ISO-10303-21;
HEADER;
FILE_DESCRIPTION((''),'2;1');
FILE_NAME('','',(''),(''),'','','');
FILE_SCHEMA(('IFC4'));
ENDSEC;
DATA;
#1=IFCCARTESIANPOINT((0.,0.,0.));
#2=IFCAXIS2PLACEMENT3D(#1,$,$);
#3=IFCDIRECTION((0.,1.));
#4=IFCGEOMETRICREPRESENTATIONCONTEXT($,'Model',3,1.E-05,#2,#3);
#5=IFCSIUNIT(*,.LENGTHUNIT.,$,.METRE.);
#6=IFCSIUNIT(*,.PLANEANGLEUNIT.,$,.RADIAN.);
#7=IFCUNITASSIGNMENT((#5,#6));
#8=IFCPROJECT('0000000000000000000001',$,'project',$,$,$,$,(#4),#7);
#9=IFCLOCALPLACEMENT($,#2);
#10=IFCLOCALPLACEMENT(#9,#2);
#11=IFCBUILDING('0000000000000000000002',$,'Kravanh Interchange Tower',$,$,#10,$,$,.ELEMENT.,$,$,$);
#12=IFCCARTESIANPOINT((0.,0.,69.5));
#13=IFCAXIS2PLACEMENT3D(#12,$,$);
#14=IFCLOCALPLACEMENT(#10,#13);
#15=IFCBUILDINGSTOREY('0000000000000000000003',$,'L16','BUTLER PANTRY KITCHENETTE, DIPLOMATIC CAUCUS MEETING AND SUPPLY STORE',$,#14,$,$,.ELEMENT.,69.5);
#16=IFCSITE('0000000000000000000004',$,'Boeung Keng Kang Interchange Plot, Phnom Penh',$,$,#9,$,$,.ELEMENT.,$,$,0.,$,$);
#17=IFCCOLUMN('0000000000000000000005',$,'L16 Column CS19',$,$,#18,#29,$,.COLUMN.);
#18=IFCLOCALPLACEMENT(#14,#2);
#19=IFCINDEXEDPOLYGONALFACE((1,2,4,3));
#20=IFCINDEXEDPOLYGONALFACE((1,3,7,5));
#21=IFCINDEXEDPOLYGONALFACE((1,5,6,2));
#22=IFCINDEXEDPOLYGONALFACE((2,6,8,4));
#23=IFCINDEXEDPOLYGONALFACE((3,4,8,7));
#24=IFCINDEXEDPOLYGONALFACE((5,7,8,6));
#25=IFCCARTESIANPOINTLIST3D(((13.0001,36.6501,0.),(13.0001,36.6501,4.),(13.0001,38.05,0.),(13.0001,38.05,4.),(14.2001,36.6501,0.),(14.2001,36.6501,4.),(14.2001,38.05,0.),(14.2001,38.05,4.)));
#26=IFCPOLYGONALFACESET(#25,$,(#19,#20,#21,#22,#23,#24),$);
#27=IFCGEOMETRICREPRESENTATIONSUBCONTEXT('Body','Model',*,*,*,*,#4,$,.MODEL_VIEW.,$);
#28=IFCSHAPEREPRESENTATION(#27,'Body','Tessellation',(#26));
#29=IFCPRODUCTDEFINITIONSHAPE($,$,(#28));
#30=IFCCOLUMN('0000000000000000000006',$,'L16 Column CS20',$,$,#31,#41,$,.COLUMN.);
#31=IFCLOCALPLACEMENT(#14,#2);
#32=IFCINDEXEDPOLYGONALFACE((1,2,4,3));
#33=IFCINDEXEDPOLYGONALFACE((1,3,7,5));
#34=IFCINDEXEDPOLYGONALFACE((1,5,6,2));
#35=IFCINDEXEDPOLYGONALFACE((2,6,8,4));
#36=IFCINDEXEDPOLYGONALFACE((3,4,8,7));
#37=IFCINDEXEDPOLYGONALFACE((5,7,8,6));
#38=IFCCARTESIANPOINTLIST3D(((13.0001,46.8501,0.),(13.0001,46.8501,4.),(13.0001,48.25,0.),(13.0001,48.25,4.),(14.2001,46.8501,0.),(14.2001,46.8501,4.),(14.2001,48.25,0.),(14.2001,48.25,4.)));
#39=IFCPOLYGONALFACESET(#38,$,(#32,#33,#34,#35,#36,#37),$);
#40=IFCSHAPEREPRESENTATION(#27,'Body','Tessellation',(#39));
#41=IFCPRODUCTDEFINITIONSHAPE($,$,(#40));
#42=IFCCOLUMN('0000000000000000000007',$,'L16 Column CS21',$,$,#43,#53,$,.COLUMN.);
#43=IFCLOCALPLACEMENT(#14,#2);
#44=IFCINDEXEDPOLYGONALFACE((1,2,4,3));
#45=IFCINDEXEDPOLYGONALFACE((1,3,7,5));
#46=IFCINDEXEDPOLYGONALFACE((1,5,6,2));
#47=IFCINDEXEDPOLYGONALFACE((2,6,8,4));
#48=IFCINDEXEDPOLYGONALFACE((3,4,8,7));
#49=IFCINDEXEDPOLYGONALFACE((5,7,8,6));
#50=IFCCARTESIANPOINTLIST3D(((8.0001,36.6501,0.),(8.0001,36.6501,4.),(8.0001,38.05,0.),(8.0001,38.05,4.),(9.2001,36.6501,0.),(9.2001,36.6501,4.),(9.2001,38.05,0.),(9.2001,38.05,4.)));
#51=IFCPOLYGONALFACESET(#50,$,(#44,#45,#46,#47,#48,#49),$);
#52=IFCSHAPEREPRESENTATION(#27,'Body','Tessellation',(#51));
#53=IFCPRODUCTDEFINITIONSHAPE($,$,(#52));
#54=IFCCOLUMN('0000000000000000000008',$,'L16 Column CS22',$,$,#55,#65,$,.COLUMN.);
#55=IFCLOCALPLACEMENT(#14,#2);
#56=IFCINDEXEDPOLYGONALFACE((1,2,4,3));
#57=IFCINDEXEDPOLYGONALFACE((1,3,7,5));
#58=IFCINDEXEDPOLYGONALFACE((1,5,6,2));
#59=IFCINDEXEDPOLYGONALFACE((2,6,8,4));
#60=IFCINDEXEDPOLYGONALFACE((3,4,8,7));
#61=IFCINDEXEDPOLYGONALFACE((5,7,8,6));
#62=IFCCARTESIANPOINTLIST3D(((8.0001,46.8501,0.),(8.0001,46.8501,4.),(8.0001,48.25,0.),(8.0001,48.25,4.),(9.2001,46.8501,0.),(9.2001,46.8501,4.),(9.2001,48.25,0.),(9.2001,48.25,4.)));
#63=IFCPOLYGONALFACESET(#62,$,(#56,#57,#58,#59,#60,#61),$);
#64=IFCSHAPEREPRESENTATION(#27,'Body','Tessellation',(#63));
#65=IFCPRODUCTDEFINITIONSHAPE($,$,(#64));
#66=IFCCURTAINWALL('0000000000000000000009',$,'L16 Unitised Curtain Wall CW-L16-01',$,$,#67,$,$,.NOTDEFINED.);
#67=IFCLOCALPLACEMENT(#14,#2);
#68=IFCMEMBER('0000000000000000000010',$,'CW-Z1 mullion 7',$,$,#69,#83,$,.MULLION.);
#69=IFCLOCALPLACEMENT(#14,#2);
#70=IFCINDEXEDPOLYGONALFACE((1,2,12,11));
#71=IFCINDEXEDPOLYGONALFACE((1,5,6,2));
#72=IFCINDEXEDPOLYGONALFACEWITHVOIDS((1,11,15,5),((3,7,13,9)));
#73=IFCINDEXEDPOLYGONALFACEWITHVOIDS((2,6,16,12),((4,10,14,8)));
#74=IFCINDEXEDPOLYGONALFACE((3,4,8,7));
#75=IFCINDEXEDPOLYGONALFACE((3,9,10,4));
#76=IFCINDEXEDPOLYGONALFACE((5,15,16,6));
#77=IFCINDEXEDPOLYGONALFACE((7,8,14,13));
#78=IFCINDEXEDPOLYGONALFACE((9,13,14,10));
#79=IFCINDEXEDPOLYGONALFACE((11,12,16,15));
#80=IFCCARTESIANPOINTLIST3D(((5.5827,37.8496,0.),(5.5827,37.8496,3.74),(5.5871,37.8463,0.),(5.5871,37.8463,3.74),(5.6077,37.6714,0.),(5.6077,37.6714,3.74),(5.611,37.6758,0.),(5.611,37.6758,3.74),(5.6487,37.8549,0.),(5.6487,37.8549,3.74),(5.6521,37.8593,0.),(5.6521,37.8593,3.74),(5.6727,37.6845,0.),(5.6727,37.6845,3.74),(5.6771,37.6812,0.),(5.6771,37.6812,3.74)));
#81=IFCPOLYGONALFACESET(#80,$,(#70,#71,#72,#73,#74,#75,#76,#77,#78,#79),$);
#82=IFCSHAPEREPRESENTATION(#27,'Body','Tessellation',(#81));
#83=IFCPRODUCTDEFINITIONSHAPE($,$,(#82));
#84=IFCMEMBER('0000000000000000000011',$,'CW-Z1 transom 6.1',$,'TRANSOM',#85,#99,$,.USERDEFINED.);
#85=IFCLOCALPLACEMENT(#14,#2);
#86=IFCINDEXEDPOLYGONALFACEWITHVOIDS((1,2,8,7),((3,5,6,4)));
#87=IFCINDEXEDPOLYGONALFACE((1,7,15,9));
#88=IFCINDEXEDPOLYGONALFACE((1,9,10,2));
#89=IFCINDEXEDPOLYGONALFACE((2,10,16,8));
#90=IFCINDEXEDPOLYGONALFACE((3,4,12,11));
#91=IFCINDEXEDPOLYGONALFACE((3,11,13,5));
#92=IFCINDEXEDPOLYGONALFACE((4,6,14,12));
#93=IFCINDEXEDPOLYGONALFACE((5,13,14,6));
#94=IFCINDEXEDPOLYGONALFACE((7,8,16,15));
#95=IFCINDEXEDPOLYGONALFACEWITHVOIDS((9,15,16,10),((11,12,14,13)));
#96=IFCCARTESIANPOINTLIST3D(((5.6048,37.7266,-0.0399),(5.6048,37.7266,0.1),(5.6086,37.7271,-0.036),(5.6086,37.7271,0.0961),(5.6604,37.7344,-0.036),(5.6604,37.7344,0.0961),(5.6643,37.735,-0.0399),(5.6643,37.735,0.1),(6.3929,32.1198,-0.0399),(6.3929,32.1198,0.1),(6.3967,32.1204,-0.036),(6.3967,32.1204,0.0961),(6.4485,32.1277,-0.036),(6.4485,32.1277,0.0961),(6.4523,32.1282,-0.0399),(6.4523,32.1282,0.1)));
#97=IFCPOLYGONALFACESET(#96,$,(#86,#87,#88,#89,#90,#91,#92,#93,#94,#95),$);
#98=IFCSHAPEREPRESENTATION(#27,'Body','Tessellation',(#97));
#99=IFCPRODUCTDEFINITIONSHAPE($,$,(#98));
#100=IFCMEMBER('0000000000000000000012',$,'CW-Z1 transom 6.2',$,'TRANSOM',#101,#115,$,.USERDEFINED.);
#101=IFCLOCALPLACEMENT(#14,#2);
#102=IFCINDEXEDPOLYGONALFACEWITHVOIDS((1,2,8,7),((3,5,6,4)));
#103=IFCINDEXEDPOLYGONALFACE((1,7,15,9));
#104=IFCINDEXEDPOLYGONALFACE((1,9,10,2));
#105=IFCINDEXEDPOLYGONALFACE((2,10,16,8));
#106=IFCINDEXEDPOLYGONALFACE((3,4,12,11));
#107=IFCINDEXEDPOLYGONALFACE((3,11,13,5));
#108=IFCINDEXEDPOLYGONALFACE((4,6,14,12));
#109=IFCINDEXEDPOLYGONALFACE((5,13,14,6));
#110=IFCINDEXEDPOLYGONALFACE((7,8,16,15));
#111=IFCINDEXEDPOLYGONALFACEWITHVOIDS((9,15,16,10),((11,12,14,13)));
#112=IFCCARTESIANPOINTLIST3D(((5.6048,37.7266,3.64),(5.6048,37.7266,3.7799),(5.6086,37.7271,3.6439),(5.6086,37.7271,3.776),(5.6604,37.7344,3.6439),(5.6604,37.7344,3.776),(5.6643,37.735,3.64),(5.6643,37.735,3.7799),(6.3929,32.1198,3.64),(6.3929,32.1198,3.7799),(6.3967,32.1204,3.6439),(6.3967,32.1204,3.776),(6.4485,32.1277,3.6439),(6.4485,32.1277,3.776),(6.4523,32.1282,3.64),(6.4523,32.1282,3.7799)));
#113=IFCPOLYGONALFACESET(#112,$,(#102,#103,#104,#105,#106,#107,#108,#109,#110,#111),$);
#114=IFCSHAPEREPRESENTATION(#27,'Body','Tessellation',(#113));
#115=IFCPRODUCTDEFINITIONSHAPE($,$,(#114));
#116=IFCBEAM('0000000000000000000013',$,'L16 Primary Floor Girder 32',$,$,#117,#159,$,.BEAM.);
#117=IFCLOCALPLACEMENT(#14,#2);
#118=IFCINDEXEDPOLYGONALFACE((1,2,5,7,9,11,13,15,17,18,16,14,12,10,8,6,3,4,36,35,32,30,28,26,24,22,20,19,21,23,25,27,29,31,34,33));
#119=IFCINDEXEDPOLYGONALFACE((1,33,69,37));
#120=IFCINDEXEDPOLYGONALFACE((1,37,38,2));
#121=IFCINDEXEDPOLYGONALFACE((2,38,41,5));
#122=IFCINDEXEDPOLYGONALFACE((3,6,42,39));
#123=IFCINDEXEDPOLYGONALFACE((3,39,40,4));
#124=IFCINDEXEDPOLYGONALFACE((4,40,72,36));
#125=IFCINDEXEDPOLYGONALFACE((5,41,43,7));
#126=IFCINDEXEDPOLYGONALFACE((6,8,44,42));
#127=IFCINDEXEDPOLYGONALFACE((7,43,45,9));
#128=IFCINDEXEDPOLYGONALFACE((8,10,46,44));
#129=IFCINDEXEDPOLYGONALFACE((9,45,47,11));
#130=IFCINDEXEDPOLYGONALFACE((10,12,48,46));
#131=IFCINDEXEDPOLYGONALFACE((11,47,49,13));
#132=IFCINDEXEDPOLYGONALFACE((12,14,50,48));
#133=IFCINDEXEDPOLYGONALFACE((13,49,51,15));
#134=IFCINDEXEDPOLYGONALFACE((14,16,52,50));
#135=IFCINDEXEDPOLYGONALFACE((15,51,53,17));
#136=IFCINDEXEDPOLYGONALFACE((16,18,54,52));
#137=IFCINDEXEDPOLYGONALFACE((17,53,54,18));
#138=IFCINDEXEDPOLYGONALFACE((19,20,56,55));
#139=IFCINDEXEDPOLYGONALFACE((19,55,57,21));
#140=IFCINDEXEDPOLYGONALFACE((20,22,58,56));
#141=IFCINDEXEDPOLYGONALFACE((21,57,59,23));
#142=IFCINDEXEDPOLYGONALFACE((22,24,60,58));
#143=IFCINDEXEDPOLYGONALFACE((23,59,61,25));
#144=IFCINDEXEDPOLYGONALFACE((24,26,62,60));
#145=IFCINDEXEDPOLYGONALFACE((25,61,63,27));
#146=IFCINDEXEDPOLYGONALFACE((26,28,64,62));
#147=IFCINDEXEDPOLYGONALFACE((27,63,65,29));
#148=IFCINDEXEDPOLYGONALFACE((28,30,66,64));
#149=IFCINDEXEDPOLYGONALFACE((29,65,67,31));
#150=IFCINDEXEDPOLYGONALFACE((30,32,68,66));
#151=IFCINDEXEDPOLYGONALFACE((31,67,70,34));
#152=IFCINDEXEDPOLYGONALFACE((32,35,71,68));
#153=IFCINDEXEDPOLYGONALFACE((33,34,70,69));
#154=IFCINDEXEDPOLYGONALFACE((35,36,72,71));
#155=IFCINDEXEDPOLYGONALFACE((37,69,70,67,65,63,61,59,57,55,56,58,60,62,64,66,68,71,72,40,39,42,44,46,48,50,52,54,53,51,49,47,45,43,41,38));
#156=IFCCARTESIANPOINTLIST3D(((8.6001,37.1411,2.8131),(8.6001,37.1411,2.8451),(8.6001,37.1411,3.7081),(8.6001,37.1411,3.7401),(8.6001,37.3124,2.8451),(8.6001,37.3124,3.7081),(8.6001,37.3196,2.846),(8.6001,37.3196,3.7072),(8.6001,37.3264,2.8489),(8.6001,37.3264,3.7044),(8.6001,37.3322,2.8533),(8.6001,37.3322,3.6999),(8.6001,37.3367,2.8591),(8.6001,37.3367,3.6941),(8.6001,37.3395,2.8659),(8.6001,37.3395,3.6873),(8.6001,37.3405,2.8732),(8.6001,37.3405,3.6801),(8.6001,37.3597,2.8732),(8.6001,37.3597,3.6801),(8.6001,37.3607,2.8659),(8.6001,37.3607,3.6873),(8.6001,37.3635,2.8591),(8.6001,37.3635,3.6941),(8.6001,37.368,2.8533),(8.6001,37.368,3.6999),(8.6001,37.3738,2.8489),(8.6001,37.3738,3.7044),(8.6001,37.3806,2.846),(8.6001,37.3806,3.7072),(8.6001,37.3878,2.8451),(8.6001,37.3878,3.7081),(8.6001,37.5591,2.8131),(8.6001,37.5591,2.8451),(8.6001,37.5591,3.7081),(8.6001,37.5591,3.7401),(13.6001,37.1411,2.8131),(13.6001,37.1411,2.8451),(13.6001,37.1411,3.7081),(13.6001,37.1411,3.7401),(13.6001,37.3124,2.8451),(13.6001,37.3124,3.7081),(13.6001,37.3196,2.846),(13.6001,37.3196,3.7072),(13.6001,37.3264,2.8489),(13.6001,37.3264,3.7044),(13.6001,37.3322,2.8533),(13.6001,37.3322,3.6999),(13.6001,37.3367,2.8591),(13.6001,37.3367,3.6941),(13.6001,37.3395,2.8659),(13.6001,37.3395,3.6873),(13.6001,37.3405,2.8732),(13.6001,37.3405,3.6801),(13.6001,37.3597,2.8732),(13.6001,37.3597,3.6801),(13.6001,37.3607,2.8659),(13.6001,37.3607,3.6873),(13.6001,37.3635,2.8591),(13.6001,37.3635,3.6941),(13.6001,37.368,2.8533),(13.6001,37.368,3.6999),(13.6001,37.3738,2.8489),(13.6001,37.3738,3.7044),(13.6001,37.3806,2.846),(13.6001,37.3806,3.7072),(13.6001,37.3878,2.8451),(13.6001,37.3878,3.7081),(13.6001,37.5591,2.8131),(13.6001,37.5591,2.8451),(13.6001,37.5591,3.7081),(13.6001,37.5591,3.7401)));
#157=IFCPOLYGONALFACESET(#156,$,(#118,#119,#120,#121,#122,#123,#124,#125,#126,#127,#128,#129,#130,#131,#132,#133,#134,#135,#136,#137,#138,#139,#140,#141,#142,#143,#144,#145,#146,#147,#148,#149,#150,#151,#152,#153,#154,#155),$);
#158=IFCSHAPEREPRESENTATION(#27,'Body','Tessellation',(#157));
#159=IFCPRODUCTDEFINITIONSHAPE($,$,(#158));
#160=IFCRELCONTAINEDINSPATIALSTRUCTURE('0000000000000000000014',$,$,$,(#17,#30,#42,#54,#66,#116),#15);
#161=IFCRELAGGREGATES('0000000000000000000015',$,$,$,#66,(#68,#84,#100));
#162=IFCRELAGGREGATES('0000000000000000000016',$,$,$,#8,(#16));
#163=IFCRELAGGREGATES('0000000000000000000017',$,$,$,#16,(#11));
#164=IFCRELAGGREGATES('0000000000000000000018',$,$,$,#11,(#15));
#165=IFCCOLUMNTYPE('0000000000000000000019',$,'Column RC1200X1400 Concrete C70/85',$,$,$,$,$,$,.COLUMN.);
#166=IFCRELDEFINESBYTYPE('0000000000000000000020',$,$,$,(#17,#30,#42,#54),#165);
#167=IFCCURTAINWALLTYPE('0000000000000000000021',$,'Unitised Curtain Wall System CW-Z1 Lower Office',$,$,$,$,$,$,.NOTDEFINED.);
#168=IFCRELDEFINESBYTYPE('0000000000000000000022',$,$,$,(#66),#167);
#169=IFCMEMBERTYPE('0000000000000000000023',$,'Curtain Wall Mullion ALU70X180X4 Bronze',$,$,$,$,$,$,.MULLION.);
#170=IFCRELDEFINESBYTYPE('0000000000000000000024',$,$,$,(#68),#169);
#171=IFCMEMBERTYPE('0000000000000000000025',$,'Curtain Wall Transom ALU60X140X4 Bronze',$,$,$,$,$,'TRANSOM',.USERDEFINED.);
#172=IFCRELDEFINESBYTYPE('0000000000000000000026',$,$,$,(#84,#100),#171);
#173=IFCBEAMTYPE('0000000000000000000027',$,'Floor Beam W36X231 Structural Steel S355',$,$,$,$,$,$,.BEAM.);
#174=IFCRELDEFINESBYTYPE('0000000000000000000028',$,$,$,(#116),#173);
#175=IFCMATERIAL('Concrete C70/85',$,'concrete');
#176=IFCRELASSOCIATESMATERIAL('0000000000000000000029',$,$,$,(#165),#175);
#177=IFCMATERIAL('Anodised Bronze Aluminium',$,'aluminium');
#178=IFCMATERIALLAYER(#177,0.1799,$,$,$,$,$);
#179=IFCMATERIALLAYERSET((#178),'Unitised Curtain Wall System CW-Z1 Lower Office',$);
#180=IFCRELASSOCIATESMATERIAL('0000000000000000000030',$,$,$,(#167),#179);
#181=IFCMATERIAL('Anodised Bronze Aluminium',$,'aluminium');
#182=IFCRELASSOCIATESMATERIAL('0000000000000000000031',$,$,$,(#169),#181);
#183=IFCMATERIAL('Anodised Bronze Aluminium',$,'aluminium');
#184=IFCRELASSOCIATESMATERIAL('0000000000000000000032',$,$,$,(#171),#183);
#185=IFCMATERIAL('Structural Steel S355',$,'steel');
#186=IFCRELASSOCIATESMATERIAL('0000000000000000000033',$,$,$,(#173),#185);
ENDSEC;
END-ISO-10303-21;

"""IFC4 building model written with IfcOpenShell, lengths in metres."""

from ifc_helpers import new_model, si_unit, direction, frame, origin, origin_2d, place, context, subcontext, project, spatial, rectangle, hollow_rectangle, i_section, extrude, material, layer, layer_set, material_profile, profile_set, type_object, element, aggregate, save


model = new_model("IFC4")

# Units and contexts
model_context = context("Model", 3, precision=1e-05, world=origin(), true_north=direction((0.0, 1.0)))
body_context = subcontext(model_context, "Body", "Model", "MODEL_VIEW")
ifc_project = project(units=[si_unit("LENGTHUNIT", "METRE"), si_unit("PLANEANGLEUNIT", "RADIAN")], contexts=[model_context])

# Site, building, storey
site_placement = place(None, origin())
site = spatial("IfcSite", under=ifc_project, at=site_placement, Name="Boeung Keng Kang Interchange Plot, Phnom Penh", CompositionType="ELEMENT", RefElevation=0.0)
building_placement = place(site_placement, origin())
building = spatial("IfcBuilding", under=site, at=building_placement, Name="Kravanh Interchange Tower", CompositionType="ELEMENT")
storey_placement = place(building_placement, frame((0.0, 0.0, 69.5)))
storey = spatial("IfcBuildingStorey", under=building, at=storey_placement, Name="L16", Description="BUTLER PANTRY KITCHENETTE, DIPLOMATIC CAUCUS MEETING AND SUPPLY STORE", CompositionType="ELEMENT", Elevation=69.5)

# Columns
ifc_material_1 = material(Name="Concrete C70/85", Category="concrete")
ifc_material_profile_1 = material_profile(ifc_material_1, rectangle(XDim=1.2, YDim=1.3999, at=origin_2d()), Name="RC1200X1400")
ifc_profile_set_1 = profile_set([ifc_material_profile_1], Name="Concrete C70/85")
column_type = type_object("IfcColumnType", Name="Column RC1200X1400 Concrete C70/85", PredefinedType="COLUMN", material=ifc_profile_set_1)
for number, where, z_axis, x_axis, name in (
    (1, (13.6001, 37.3501, 0.0), (0.0, 0.0, 1.0), (1.0, 0.0, 0.0), "L16 Column CS19"),
    (2, (13.6001, 47.55, 0.0), (0.0, 0.0, 1.0), (1.0, 0.0, 0.0), "L16 Column CS20"),
    (3, (8.6001, 37.3501, 0.0), (0.0, 0.0, 1.0), (1.0, 0.0, 0.0), "L16 Column CS21"),
    (4, (8.6001, 47.55, 0.0), (0.0, 0.0, 1.0), (1.0, 0.0, 0.0), "L16 Column CS22"),
):
    element("IfcColumn", number, at=place(storey_placement, frame(where, z_axis=z_axis, x_axis=x_axis)), inside=storey, type_object=column_type, Name=name, PredefinedType="COLUMN", context=body_context, shape_type="SweptSolid", body=[
        extrude(rectangle(XDim=1.2, YDim=1.3999, at=origin_2d()), origin(), (0.0, 0.0, 1.0), 4.0),
    ])

# Curtain wall, members
ifc_material_2 = material(Name="Anodised Bronze Aluminium", Category="aluminium")
ifc_layer_1 = layer(ifc_material_2, 0.1799)
ifc_layer_set_1 = layer_set([ifc_layer_1], Name="Unitised Curtain Wall System CW-Z1 Lower Office")
curtain_wall_type = type_object("IfcCurtainWallType", Name="Unitised Curtain Wall System CW-Z1 Lower Office", PredefinedType="NOTDEFINED", material=ifc_layer_set_1)
curtain_wall_placement = place(storey_placement, origin())
curtain_wall = element("IfcCurtainWall", 5, at=curtain_wall_placement, inside=storey, type_object=curtain_wall_type, Name="L16 Unitised Curtain Wall CW-L16-01", PredefinedType="NOTDEFINED")
ifc_material_3 = material(Name="Anodised Bronze Aluminium", Category="aluminium")
ifc_material_profile_2 = material_profile(ifc_material_3, hollow_rectangle(XDim=0.0701, YDim=0.1799, WallThickness=0.0039, at=origin_2d()), Name="ALU70X180X4")
ifc_profile_set_2 = profile_set([ifc_material_profile_2], Name="Anodised Bronze Aluminium")
member_type_1 = type_object("IfcMemberType", Name="Curtain Wall Mullion ALU70X180X4 Bronze", PredefinedType="MULLION", material=ifc_profile_set_2)
member_1_placement = place(storey_placement, frame((5.6299, 37.7654, 0.0), z_axis=(0.0, 0.0, 1.0), x_axis=(-0.990268, -0.139177, 0.0)))
member_1 = element("IfcMember", 6, at=member_1_placement, type_object=member_type_1, Name="CW-Z1 mullion 7", PredefinedType="MULLION", context=body_context, shape_type="SweptSolid", body=[
    extrude(hollow_rectangle(XDim=0.0701, YDim=0.1799, WallThickness=0.0039, at=origin_2d()), origin(), (0.0, 0.0, 1.0), 3.74),
])
ifc_material_4 = material(Name="Anodised Bronze Aluminium", Category="aluminium")
ifc_material_profile_3 = material_profile(ifc_material_4, hollow_rectangle(XDim=0.0601, YDim=0.1399, WallThickness=0.0039, at=origin_2d()), Name="ALU60X140X4")
ifc_profile_set_3 = profile_set([ifc_material_profile_3], Name="Anodised Bronze Aluminium")
member_type_2 = type_object("IfcMemberType", Name="Curtain Wall Transom ALU60X140X4 Bronze", ElementType="TRANSOM", PredefinedType="USERDEFINED", material=ifc_profile_set_3)
member_2_placement = place(storey_placement, frame((6.4226, 32.124, 0.03), z_axis=(-0.139193, 0.990265, 0.0), x_axis=(-0.990265, -0.139193, 0.0)))
member_2 = element("IfcMember", 7, at=member_2_placement, type_object=member_type_2, Name="CW-Z1 transom 6.1", ObjectType="TRANSOM", PredefinedType="USERDEFINED", context=body_context, shape_type="SweptSolid", body=[
    extrude(hollow_rectangle(XDim=0.0601, YDim=0.1399, WallThickness=0.0039, at=origin_2d()), origin(), (0.0, 0.0, 1.0), 5.6619),
])
member_3_placement = place(storey_placement, frame((6.4226, 32.124, 3.71), z_axis=(-0.139193, 0.990265, 0.0), x_axis=(-0.990265, -0.139193, 0.0)))
member_3 = element("IfcMember", 8, at=member_3_placement, type_object=member_type_2, Name="CW-Z1 transom 6.2", ObjectType="TRANSOM", PredefinedType="USERDEFINED", context=body_context, shape_type="SweptSolid", body=[
    extrude(hollow_rectangle(XDim=0.0601, YDim=0.1399, WallThickness=0.0039, at=origin_2d()), origin(), (0.0, 0.0, 1.0), 5.6619),
])

# Beam
ifc_material_5 = material(Name="Structural Steel S355", Category="steel")
ifc_material_profile_4 = material_profile(ifc_material_5, i_section(OverallWidth=0.418, OverallDepth=0.927, WebThickness=0.0193, FlangeThickness=0.032, FilletRadius=0.0281, at=origin_2d()), Name="W36X231")
ifc_profile_set_4 = profile_set([ifc_material_profile_4], Name="Structural Steel S355")
beam_type = type_object("IfcBeamType", Name="Floor Beam W36X231 Structural Steel S355", PredefinedType="BEAM", material=ifc_profile_set_4)
beam_1_placement = place(storey_placement, frame((13.6001, 37.3501, 3.2766), z_axis=(-1.0, 0.0, 0.0), x_axis=(0.0, -1.0, 0.0)))
element("IfcBeam", 9, at=beam_1_placement, inside=storey, type_object=beam_type, Name="L16 Primary Floor Girder 32", PredefinedType="BEAM", context=body_context, shape_type="SweptSolid", body=[
    extrude(i_section(OverallWidth=0.418, OverallDepth=0.927, WebThickness=0.0193, FlangeThickness=0.032, FilletRadius=0.0281, at=origin_2d()), origin(), (0.0, 0.0, 1.0), 5.0),
])

aggregate(curtain_wall, [member_1, member_2, member_3])

save(model, "model.ifc")
